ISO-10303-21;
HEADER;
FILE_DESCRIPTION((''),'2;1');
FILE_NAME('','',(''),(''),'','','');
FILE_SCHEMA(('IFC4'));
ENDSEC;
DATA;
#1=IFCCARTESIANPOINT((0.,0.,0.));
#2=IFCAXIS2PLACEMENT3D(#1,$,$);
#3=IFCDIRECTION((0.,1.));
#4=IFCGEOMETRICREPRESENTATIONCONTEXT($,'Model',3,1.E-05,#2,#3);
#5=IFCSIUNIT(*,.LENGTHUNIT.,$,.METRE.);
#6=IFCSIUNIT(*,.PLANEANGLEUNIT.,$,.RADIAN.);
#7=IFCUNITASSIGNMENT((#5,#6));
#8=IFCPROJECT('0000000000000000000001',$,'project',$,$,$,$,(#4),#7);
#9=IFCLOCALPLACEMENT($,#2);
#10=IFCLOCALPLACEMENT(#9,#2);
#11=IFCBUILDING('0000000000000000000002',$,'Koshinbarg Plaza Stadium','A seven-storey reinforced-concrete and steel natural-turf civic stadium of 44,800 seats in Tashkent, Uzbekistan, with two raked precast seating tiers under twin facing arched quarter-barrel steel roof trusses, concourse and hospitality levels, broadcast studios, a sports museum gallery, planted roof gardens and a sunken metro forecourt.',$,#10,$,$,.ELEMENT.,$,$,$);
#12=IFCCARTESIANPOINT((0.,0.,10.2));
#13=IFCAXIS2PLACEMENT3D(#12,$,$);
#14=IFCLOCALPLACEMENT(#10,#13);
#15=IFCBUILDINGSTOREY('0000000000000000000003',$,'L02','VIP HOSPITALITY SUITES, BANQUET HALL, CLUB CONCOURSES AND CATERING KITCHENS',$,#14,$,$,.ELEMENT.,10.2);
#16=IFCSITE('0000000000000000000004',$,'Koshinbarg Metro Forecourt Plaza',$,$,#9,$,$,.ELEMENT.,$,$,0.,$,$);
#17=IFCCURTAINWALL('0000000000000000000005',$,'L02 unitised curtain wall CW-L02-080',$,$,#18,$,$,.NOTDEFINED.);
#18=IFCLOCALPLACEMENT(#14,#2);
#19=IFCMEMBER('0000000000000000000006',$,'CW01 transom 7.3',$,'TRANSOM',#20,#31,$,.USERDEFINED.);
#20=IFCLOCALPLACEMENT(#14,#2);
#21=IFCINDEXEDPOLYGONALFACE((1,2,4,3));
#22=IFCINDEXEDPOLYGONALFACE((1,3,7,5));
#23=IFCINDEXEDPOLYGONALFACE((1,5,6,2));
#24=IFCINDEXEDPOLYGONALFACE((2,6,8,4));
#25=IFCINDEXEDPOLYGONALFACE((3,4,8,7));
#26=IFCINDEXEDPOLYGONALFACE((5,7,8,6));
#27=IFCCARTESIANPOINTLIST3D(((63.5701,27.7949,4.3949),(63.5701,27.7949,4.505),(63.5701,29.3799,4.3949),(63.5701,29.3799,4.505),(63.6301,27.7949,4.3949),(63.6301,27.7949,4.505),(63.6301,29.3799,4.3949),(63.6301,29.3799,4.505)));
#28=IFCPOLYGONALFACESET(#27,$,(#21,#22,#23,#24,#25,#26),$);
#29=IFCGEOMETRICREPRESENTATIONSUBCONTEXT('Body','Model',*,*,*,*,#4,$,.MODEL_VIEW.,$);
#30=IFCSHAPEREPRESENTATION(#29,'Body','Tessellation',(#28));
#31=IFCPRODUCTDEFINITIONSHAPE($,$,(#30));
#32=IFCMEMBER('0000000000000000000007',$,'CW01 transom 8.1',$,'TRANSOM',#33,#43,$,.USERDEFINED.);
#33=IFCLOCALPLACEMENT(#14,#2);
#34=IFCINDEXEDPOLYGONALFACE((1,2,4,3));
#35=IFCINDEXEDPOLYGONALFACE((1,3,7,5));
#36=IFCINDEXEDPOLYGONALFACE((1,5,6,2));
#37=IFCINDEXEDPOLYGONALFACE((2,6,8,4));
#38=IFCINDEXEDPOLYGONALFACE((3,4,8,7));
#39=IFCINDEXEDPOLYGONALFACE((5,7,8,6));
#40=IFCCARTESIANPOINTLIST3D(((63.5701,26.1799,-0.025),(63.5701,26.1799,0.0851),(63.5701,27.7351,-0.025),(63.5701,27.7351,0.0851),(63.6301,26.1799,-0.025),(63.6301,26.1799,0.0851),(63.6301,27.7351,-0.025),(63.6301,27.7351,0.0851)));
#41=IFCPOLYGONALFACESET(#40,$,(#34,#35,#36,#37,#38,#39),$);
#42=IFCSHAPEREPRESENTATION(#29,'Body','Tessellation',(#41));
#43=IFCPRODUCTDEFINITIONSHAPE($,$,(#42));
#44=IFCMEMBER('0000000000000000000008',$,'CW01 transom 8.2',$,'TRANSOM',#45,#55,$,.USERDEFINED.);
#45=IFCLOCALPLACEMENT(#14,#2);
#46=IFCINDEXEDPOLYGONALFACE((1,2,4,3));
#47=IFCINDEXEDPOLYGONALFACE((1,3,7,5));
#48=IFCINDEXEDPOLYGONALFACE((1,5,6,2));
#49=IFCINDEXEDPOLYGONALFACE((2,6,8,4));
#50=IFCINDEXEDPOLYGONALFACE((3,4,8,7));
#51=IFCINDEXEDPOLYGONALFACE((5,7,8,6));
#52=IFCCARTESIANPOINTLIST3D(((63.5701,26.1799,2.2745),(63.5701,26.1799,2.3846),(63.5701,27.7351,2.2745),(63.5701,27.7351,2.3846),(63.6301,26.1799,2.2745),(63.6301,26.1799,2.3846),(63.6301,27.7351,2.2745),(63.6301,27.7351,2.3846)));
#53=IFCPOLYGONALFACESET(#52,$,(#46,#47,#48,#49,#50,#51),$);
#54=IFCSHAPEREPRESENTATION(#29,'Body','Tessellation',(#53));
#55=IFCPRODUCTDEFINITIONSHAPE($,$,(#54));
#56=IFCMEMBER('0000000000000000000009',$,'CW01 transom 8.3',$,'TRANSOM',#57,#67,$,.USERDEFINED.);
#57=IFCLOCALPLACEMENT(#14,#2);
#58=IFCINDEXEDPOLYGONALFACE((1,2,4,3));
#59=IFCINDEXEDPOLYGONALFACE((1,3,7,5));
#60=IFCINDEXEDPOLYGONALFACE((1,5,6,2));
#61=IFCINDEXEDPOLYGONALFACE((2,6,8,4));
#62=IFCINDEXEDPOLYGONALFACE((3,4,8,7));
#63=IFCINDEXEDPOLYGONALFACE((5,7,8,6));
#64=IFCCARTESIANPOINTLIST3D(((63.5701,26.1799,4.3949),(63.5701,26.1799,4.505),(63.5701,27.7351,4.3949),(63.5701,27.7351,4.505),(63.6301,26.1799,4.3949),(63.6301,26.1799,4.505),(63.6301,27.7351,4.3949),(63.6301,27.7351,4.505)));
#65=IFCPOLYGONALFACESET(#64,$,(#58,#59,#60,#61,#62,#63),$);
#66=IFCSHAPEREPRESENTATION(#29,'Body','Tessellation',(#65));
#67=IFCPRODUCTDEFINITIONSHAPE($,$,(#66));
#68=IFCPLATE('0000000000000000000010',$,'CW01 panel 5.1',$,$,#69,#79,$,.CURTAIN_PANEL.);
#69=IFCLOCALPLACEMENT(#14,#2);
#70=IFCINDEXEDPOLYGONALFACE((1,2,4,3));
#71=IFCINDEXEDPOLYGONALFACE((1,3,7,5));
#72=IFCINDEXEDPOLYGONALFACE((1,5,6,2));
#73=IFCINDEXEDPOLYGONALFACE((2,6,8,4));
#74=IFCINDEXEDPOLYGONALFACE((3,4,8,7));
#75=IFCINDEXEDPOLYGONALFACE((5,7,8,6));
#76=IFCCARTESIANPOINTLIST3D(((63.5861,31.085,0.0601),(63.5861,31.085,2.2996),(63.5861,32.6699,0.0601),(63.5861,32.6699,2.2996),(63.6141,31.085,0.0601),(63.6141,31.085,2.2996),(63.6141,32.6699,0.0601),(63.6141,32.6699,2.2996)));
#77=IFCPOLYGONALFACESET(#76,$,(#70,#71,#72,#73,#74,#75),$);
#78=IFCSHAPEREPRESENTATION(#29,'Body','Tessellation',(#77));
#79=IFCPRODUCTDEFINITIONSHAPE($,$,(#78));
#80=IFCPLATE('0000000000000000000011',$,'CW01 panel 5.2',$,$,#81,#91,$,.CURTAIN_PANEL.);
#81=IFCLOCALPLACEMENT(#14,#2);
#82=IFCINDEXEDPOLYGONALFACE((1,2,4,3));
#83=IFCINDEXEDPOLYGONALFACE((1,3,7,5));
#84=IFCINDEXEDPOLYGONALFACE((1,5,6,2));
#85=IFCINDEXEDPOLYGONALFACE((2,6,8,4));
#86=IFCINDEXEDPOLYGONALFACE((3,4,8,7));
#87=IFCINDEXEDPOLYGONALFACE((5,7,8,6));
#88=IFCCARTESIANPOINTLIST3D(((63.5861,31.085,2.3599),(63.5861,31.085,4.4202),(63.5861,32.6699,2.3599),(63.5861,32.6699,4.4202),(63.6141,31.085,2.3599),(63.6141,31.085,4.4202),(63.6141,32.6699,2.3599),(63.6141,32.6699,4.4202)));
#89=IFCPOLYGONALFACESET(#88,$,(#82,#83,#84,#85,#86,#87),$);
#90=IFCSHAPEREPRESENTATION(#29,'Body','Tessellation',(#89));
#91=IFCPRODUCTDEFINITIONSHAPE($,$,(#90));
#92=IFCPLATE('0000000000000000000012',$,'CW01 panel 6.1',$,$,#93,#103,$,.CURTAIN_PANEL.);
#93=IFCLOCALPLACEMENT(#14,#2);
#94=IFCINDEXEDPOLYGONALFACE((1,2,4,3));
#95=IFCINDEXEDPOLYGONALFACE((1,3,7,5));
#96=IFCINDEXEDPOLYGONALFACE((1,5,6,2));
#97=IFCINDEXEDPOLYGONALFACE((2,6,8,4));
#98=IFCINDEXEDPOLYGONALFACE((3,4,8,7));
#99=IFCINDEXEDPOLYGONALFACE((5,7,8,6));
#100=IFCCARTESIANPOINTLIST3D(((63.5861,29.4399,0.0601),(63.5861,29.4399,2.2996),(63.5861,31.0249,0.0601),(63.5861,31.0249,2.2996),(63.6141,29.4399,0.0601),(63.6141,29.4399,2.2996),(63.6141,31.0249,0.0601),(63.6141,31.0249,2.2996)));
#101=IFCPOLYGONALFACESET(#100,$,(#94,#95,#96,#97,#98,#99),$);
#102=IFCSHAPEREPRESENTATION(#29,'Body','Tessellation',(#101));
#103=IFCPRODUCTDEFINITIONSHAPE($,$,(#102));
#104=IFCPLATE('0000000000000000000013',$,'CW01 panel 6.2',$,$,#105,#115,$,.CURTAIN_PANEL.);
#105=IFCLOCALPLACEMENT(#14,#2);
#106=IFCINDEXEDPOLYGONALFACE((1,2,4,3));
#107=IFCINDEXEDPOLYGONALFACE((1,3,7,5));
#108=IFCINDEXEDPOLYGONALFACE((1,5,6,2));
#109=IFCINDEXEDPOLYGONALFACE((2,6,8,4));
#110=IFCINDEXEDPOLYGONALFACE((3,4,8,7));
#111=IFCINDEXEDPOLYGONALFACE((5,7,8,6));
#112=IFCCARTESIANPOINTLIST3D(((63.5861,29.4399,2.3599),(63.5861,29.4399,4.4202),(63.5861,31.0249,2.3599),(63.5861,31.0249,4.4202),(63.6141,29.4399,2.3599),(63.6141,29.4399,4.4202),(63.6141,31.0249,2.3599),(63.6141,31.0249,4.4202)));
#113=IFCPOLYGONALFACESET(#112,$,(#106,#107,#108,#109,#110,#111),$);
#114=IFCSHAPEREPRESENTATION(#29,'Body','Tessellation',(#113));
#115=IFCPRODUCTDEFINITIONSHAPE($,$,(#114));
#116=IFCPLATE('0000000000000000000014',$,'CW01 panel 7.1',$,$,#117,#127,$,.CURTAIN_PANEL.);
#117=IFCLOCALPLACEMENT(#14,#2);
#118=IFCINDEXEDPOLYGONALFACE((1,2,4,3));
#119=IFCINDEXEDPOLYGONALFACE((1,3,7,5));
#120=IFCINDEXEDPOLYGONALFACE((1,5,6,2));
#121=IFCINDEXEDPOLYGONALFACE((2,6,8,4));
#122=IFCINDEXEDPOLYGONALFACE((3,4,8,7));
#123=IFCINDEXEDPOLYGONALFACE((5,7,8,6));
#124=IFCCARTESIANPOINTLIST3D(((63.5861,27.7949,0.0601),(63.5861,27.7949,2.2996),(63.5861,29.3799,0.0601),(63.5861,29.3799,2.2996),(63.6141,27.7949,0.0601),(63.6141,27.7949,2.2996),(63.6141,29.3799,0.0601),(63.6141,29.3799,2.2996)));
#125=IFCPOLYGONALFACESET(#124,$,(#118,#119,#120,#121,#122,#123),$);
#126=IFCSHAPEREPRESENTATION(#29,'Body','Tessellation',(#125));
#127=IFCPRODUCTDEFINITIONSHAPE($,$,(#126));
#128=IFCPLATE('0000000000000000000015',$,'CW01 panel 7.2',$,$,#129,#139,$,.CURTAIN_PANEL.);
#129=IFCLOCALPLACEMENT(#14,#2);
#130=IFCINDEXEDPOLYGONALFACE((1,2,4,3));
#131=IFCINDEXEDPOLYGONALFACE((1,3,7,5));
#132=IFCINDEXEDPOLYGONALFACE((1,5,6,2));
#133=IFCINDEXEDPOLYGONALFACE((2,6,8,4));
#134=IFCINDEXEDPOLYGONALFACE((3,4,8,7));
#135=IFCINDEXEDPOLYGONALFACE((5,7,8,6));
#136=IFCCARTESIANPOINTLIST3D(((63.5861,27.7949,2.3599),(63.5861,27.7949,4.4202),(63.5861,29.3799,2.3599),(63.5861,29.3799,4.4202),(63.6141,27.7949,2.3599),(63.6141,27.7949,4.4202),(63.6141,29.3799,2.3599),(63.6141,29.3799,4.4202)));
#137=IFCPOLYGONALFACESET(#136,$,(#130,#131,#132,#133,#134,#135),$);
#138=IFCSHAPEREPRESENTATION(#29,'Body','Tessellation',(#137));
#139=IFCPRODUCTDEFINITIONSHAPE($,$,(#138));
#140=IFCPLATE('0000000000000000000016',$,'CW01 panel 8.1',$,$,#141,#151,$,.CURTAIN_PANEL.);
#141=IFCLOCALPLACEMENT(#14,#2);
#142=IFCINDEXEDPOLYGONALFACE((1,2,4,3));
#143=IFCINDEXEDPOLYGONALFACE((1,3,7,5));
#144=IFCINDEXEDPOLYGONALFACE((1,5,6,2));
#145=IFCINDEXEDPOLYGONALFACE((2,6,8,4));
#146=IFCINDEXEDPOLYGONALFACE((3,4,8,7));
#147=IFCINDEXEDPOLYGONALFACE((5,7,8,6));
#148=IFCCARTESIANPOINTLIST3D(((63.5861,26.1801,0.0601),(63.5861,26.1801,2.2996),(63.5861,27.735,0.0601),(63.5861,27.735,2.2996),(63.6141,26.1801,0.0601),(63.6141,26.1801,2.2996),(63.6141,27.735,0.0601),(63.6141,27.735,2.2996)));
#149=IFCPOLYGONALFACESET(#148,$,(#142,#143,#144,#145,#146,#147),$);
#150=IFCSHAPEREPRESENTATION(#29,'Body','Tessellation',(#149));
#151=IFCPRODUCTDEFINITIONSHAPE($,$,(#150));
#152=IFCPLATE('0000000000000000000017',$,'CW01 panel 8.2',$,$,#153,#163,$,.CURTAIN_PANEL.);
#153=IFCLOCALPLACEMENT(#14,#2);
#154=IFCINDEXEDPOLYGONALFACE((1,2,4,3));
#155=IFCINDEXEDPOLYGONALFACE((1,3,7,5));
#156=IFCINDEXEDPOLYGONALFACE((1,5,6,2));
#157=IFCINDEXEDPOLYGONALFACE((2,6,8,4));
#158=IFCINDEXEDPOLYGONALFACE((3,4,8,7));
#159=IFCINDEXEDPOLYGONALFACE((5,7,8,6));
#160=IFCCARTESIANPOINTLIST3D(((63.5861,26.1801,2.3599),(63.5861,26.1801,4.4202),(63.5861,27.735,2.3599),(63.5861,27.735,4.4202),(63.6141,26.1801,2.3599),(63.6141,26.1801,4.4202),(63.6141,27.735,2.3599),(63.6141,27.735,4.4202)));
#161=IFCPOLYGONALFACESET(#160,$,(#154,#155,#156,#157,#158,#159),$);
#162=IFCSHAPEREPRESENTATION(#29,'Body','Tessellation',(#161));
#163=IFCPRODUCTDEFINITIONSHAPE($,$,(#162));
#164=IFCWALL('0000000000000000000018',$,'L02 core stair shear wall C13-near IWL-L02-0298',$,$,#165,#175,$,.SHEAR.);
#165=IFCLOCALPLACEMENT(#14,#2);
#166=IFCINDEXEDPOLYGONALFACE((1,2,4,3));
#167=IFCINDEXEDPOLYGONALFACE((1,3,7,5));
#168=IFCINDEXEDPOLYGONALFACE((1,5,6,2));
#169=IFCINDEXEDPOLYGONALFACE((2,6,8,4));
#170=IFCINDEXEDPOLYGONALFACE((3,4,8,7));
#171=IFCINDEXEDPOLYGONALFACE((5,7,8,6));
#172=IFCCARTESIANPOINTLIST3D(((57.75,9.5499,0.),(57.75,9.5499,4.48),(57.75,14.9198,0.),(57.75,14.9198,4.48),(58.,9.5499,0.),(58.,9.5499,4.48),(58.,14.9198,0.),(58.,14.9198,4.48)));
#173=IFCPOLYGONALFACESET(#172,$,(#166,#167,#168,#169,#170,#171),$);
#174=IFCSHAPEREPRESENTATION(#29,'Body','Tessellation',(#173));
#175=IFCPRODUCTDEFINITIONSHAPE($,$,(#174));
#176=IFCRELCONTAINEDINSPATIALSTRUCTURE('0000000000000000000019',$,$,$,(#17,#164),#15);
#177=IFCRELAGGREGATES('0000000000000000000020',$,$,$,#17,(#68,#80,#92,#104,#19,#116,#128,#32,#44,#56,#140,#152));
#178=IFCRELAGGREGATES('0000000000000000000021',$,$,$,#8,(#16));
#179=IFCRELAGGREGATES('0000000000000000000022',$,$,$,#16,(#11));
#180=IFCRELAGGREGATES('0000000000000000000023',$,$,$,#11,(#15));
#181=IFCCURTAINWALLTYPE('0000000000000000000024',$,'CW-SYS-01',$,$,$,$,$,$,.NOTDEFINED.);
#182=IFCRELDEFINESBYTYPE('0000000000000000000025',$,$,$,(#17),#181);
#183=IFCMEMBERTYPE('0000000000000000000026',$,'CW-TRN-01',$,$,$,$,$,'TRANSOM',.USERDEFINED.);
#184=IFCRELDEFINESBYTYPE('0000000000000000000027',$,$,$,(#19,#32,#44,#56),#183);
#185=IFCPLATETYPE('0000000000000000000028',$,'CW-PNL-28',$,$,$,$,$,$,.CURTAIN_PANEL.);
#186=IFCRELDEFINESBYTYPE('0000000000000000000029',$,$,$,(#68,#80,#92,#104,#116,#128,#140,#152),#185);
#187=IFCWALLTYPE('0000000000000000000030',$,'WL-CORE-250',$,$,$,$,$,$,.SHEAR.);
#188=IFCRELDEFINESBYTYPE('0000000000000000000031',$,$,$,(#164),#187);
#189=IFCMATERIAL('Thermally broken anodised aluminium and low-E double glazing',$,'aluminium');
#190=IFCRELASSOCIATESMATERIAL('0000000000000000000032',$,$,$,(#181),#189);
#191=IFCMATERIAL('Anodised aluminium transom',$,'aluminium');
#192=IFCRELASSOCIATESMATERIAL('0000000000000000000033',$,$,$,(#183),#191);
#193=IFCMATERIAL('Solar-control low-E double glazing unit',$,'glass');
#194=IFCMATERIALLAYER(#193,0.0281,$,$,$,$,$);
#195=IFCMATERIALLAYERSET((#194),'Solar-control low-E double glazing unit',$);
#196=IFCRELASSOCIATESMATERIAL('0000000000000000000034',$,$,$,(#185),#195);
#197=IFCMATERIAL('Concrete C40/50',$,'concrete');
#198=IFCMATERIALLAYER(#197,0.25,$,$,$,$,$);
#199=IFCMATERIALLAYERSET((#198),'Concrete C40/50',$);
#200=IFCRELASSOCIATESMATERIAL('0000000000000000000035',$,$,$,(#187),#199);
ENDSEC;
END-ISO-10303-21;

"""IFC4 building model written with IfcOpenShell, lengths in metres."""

from ifc_helpers import new_model, si_unit, direction, frame, frame_2d, origin, origin_2d, place, context, subcontext, project, spatial, rectangle, extrude, material, layer, layer_set, material_profile, profile_set, type_object, element, aggregate, save


model = new_model("IFC4")

# Units and contexts
model_context = context("Model", 3, precision=1e-05, world=origin(), true_north=direction((0.0, 1.0)))
body_context = subcontext(model_context, "Body", "Model", "MODEL_VIEW")
ifc_project = project(units=[si_unit("LENGTHUNIT", "METRE"), si_unit("PLANEANGLEUNIT", "RADIAN")], contexts=[model_context])

# Site, building, storey
site_placement = place(None, origin())
site = spatial("IfcSite", under=ifc_project, at=site_placement, Name="Koshinbarg Metro Forecourt Plaza", CompositionType="ELEMENT", RefElevation=0.0)
building_placement = place(site_placement, origin())
building = spatial("IfcBuilding", under=site, at=building_placement, Name="Koshinbarg Plaza Stadium", Description="A seven-storey reinforced-concrete and steel natural-turf civic stadium of 44,800 seats in Tashkent, Uzbekistan, with two raked precast seating tiers under twin facing arched quarter-barrel steel roof trusses, concourse and hospitality levels, broadcast studios, a sports museum gallery, planted roof gardens and a sunken metro forecourt.", CompositionType="ELEMENT")
storey_placement = place(building_placement, frame((0.0, 0.0, 10.2)))
storey = spatial("IfcBuildingStorey", under=building, at=storey_placement, Name="L02", Description="VIP HOSPITALITY SUITES, BANQUET HALL, CLUB CONCOURSES AND CATERING KITCHENS", CompositionType="ELEMENT", Elevation=10.2)

# Shared definitions
ifc_material_1 = material(Name="Concrete C40/50", Category="concrete")

# Curtain wall, members, plates
ifc_material_2 = material(Name="Thermally broken anodised aluminium and low-E double glazing", Category="aluminium")
curtain_wall_type = type_object("IfcCurtainWallType", Name="CW-SYS-01", PredefinedType="NOTDEFINED", material=ifc_material_2)
curtain_wall_placement = place(storey_placement, origin())
curtain_wall = element("IfcCurtainWall", 1, at=curtain_wall_placement, inside=storey, type_object=curtain_wall_type, Name="L02 unitised curtain wall CW-L02-080", PredefinedType="NOTDEFINED")
ifc_material_3 = material(Name="Anodised aluminium transom", Category="aluminium")
ifc_material_profile_1 = material_profile(ifc_material_3, rectangle(XDim=0.0601, YDim=0.1101, at=origin_2d()), Name="ALU 60x110")
ifc_profile_set_1 = profile_set([ifc_material_profile_1], Name="Anodised aluminium transom")
member_type_1 = type_object("IfcMemberType", Name="CW-TRN-01", ElementType="TRANSOM", PredefinedType="USERDEFINED", material=ifc_profile_set_1)
member_1_placement = place(storey_placement, frame((63.6001, 29.3799, 4.45), z_axis=(0.0, -1.0, 0.0), x_axis=(1.0, 0.0, 0.0)))
member_1 = element("IfcMember", 2, at=member_1_placement, type_object=member_type_1, Name="CW01 transom 7.3", ObjectType="TRANSOM", PredefinedType="USERDEFINED", context=body_context, shape_type="SweptSolid", body=[
    extrude(rectangle(XDim=0.0601, YDim=0.1101, at=origin_2d()), origin(), (0.0, 0.0, 1.0), 1.585),
])
member_2_placement = place(storey_placement, frame((63.6001, 27.7351, 0.03), z_axis=(0.0, -1.0, 0.0), x_axis=(1.0, 0.0, 0.0)))
member_2 = element("IfcMember", 3, at=member_2_placement, type_object=member_type_1, Name="CW01 transom 8.1", ObjectType="TRANSOM", PredefinedType="USERDEFINED", context=body_context, shape_type="SweptSolid", body=[
    extrude(rectangle(XDim=0.0601, YDim=0.1101, at=origin_2d()), origin(), (0.0, 0.0, 1.0), 1.5552),
])
member_3_placement = place(storey_placement, frame((63.6001, 27.7351, 2.3296), z_axis=(0.0, -1.0, 0.0), x_axis=(1.0, 0.0, 0.0)))
member_3 = element("IfcMember", 4, at=member_3_placement, type_object=member_type_1, Name="CW01 transom 8.2", ObjectType="TRANSOM", PredefinedType="USERDEFINED", context=body_context, shape_type="SweptSolid", body=[
    extrude(rectangle(XDim=0.0601, YDim=0.1101, at=origin_2d()), origin(), (0.0, 0.0, 1.0), 1.5552),
])
member_4_placement = place(storey_placement, frame((63.6001, 27.7351, 4.45), z_axis=(0.0, -1.0, 0.0), x_axis=(1.0, 0.0, 0.0)))
member_4 = element("IfcMember", 5, at=member_4_placement, type_object=member_type_1, Name="CW01 transom 8.3", ObjectType="TRANSOM", PredefinedType="USERDEFINED", context=body_context, shape_type="SweptSolid", body=[
    extrude(rectangle(XDim=0.0601, YDim=0.1101, at=origin_2d()), origin(), (0.0, 0.0, 1.0), 1.5552),
])
ifc_material_4 = material(Name="Solar-control low-E double glazing unit", Category="glass")
ifc_layer_1 = layer(ifc_material_4, 0.0281)
ifc_layer_set_1 = layer_set([ifc_layer_1], Name="Solar-control low-E double glazing unit")
plate_type = type_object("IfcPlateType", Name="CW-PNL-28", PredefinedType="CURTAIN_PANEL", material=ifc_layer_set_1)
plate_1_placement = place(storey_placement, frame((63.6001, 31.8774, 0.0601), z_axis=(0.0, 0.0, 1.0), x_axis=(0.0, -1.0, 0.0)))
plate_1 = element("IfcPlate", 6, at=plate_1_placement, type_object=plate_type, Name="CW01 panel 5.1", PredefinedType="CURTAIN_PANEL", context=body_context, shape_type="SweptSolid", body=[
    extrude(rectangle(XDim=1.585, YDim=0.0281, at=origin_2d()), origin(), (0.0, 0.0, 1.0), 2.2395),
])
plate_2_placement = place(storey_placement, frame((63.6001, 31.8774, 2.3599), z_axis=(0.0, 0.0, 1.0), x_axis=(0.0, -1.0, 0.0)))
plate_2 = element("IfcPlate", 7, at=plate_2_placement, type_object=plate_type, Name="CW01 panel 5.2", PredefinedType="CURTAIN_PANEL", context=body_context, shape_type="SweptSolid", body=[
    extrude(rectangle(XDim=1.585, YDim=0.0281, at=origin_2d()), origin(), (0.0, 0.0, 1.0), 2.0603),
])
plate_3_placement = place(storey_placement, frame((63.6001, 30.2324, 0.0601), z_axis=(0.0, 0.0, 1.0), x_axis=(0.0, -1.0, 0.0)))
plate_3 = element("IfcPlate", 8, at=plate_3_placement, type_object=plate_type, Name="CW01 panel 6.1", PredefinedType="CURTAIN_PANEL", context=body_context, shape_type="SweptSolid", body=[
    extrude(rectangle(XDim=1.585, YDim=0.0281, at=origin_2d()), origin(), (0.0, 0.0, 1.0), 2.2395),
])
plate_4_placement = place(storey_placement, frame((63.6001, 30.2324, 2.3599), z_axis=(0.0, 0.0, 1.0), x_axis=(0.0, -1.0, 0.0)))
plate_4 = element("IfcPlate", 9, at=plate_4_placement, type_object=plate_type, Name="CW01 panel 6.2", PredefinedType="CURTAIN_PANEL", context=body_context, shape_type="SweptSolid", body=[
    extrude(rectangle(XDim=1.585, YDim=0.0281, at=origin_2d()), origin(), (0.0, 0.0, 1.0), 2.0603),
])
plate_5_placement = place(storey_placement, frame((63.6001, 28.5874, 0.0601), z_axis=(0.0, 0.0, 1.0), x_axis=(0.0, -1.0, 0.0)))
plate_5 = element("IfcPlate", 10, at=plate_5_placement, type_object=plate_type, Name="CW01 panel 7.1", PredefinedType="CURTAIN_PANEL", context=body_context, shape_type="SweptSolid", body=[
    extrude(rectangle(XDim=1.585, YDim=0.0281, at=origin_2d()), origin(), (0.0, 0.0, 1.0), 2.2395),
])
plate_6_placement = place(storey_placement, frame((63.6001, 28.5874, 2.3599), z_axis=(0.0, 0.0, 1.0), x_axis=(0.0, -1.0, 0.0)))
plate_6 = element("IfcPlate", 11, at=plate_6_placement, type_object=plate_type, Name="CW01 panel 7.2", PredefinedType="CURTAIN_PANEL", context=body_context, shape_type="SweptSolid", body=[
    extrude(rectangle(XDim=1.585, YDim=0.0281, at=origin_2d()), origin(), (0.0, 0.0, 1.0), 2.0603),
])
plate_7_placement = place(storey_placement, frame((63.6001, 26.9575, 0.0601), z_axis=(0.0, 0.0, 1.0), x_axis=(0.0, -1.0, 0.0)))
plate_7 = element("IfcPlate", 12, at=plate_7_placement, type_object=plate_type, Name="CW01 panel 8.1", PredefinedType="CURTAIN_PANEL", context=body_context, shape_type="SweptSolid", body=[
    extrude(rectangle(XDim=1.5549, YDim=0.0281, at=origin_2d()), origin(), (0.0, 0.0, 1.0), 2.2395),
])
plate_8_placement = place(storey_placement, frame((63.6001, 26.9575, 2.3599), z_axis=(0.0, 0.0, 1.0), x_axis=(0.0, -1.0, 0.0)))
plate_8 = element("IfcPlate", 13, at=plate_8_placement, type_object=plate_type, Name="CW01 panel 8.2", PredefinedType="CURTAIN_PANEL", context=body_context, shape_type="SweptSolid", body=[
    extrude(rectangle(XDim=1.5549, YDim=0.0281, at=origin_2d()), origin(), (0.0, 0.0, 1.0), 2.0603),
])
aggregate(curtain_wall, [plate_1, plate_2, plate_3, plate_4, member_1, plate_5, plate_6, member_2, member_3, member_4, plate_7, plate_8])

# Wall
ifc_layer_2 = layer(ifc_material_1, 0.25)
ifc_layer_set_2 = layer_set([ifc_layer_2], Name="Concrete C40/50")
wall_type_1 = type_object("IfcWallType", Name="WL-CORE-250", PredefinedType="SHEAR", material=ifc_layer_set_2)
wall_1_placement = place(storey_placement, frame((57.875, 14.9199, 0.0), z_axis=(0.0, 0.0, 1.0), x_axis=(0.0, -1.0, 0.0)))
element("IfcWall", 14, at=wall_1_placement, inside=storey, type_object=wall_type_1, Name="L02 core stair shear wall C13-near IWL-L02-0298", PredefinedType="SHEAR", context=body_context, shape_type="SweptSolid", body=[
    extrude(rectangle(XDim=5.3699, YDim=0.25, at=frame_2d((2.6851, 0.0))), origin(), (0.0, 0.0, 1.0), 4.48),
])

save(model, "model.ifc")
